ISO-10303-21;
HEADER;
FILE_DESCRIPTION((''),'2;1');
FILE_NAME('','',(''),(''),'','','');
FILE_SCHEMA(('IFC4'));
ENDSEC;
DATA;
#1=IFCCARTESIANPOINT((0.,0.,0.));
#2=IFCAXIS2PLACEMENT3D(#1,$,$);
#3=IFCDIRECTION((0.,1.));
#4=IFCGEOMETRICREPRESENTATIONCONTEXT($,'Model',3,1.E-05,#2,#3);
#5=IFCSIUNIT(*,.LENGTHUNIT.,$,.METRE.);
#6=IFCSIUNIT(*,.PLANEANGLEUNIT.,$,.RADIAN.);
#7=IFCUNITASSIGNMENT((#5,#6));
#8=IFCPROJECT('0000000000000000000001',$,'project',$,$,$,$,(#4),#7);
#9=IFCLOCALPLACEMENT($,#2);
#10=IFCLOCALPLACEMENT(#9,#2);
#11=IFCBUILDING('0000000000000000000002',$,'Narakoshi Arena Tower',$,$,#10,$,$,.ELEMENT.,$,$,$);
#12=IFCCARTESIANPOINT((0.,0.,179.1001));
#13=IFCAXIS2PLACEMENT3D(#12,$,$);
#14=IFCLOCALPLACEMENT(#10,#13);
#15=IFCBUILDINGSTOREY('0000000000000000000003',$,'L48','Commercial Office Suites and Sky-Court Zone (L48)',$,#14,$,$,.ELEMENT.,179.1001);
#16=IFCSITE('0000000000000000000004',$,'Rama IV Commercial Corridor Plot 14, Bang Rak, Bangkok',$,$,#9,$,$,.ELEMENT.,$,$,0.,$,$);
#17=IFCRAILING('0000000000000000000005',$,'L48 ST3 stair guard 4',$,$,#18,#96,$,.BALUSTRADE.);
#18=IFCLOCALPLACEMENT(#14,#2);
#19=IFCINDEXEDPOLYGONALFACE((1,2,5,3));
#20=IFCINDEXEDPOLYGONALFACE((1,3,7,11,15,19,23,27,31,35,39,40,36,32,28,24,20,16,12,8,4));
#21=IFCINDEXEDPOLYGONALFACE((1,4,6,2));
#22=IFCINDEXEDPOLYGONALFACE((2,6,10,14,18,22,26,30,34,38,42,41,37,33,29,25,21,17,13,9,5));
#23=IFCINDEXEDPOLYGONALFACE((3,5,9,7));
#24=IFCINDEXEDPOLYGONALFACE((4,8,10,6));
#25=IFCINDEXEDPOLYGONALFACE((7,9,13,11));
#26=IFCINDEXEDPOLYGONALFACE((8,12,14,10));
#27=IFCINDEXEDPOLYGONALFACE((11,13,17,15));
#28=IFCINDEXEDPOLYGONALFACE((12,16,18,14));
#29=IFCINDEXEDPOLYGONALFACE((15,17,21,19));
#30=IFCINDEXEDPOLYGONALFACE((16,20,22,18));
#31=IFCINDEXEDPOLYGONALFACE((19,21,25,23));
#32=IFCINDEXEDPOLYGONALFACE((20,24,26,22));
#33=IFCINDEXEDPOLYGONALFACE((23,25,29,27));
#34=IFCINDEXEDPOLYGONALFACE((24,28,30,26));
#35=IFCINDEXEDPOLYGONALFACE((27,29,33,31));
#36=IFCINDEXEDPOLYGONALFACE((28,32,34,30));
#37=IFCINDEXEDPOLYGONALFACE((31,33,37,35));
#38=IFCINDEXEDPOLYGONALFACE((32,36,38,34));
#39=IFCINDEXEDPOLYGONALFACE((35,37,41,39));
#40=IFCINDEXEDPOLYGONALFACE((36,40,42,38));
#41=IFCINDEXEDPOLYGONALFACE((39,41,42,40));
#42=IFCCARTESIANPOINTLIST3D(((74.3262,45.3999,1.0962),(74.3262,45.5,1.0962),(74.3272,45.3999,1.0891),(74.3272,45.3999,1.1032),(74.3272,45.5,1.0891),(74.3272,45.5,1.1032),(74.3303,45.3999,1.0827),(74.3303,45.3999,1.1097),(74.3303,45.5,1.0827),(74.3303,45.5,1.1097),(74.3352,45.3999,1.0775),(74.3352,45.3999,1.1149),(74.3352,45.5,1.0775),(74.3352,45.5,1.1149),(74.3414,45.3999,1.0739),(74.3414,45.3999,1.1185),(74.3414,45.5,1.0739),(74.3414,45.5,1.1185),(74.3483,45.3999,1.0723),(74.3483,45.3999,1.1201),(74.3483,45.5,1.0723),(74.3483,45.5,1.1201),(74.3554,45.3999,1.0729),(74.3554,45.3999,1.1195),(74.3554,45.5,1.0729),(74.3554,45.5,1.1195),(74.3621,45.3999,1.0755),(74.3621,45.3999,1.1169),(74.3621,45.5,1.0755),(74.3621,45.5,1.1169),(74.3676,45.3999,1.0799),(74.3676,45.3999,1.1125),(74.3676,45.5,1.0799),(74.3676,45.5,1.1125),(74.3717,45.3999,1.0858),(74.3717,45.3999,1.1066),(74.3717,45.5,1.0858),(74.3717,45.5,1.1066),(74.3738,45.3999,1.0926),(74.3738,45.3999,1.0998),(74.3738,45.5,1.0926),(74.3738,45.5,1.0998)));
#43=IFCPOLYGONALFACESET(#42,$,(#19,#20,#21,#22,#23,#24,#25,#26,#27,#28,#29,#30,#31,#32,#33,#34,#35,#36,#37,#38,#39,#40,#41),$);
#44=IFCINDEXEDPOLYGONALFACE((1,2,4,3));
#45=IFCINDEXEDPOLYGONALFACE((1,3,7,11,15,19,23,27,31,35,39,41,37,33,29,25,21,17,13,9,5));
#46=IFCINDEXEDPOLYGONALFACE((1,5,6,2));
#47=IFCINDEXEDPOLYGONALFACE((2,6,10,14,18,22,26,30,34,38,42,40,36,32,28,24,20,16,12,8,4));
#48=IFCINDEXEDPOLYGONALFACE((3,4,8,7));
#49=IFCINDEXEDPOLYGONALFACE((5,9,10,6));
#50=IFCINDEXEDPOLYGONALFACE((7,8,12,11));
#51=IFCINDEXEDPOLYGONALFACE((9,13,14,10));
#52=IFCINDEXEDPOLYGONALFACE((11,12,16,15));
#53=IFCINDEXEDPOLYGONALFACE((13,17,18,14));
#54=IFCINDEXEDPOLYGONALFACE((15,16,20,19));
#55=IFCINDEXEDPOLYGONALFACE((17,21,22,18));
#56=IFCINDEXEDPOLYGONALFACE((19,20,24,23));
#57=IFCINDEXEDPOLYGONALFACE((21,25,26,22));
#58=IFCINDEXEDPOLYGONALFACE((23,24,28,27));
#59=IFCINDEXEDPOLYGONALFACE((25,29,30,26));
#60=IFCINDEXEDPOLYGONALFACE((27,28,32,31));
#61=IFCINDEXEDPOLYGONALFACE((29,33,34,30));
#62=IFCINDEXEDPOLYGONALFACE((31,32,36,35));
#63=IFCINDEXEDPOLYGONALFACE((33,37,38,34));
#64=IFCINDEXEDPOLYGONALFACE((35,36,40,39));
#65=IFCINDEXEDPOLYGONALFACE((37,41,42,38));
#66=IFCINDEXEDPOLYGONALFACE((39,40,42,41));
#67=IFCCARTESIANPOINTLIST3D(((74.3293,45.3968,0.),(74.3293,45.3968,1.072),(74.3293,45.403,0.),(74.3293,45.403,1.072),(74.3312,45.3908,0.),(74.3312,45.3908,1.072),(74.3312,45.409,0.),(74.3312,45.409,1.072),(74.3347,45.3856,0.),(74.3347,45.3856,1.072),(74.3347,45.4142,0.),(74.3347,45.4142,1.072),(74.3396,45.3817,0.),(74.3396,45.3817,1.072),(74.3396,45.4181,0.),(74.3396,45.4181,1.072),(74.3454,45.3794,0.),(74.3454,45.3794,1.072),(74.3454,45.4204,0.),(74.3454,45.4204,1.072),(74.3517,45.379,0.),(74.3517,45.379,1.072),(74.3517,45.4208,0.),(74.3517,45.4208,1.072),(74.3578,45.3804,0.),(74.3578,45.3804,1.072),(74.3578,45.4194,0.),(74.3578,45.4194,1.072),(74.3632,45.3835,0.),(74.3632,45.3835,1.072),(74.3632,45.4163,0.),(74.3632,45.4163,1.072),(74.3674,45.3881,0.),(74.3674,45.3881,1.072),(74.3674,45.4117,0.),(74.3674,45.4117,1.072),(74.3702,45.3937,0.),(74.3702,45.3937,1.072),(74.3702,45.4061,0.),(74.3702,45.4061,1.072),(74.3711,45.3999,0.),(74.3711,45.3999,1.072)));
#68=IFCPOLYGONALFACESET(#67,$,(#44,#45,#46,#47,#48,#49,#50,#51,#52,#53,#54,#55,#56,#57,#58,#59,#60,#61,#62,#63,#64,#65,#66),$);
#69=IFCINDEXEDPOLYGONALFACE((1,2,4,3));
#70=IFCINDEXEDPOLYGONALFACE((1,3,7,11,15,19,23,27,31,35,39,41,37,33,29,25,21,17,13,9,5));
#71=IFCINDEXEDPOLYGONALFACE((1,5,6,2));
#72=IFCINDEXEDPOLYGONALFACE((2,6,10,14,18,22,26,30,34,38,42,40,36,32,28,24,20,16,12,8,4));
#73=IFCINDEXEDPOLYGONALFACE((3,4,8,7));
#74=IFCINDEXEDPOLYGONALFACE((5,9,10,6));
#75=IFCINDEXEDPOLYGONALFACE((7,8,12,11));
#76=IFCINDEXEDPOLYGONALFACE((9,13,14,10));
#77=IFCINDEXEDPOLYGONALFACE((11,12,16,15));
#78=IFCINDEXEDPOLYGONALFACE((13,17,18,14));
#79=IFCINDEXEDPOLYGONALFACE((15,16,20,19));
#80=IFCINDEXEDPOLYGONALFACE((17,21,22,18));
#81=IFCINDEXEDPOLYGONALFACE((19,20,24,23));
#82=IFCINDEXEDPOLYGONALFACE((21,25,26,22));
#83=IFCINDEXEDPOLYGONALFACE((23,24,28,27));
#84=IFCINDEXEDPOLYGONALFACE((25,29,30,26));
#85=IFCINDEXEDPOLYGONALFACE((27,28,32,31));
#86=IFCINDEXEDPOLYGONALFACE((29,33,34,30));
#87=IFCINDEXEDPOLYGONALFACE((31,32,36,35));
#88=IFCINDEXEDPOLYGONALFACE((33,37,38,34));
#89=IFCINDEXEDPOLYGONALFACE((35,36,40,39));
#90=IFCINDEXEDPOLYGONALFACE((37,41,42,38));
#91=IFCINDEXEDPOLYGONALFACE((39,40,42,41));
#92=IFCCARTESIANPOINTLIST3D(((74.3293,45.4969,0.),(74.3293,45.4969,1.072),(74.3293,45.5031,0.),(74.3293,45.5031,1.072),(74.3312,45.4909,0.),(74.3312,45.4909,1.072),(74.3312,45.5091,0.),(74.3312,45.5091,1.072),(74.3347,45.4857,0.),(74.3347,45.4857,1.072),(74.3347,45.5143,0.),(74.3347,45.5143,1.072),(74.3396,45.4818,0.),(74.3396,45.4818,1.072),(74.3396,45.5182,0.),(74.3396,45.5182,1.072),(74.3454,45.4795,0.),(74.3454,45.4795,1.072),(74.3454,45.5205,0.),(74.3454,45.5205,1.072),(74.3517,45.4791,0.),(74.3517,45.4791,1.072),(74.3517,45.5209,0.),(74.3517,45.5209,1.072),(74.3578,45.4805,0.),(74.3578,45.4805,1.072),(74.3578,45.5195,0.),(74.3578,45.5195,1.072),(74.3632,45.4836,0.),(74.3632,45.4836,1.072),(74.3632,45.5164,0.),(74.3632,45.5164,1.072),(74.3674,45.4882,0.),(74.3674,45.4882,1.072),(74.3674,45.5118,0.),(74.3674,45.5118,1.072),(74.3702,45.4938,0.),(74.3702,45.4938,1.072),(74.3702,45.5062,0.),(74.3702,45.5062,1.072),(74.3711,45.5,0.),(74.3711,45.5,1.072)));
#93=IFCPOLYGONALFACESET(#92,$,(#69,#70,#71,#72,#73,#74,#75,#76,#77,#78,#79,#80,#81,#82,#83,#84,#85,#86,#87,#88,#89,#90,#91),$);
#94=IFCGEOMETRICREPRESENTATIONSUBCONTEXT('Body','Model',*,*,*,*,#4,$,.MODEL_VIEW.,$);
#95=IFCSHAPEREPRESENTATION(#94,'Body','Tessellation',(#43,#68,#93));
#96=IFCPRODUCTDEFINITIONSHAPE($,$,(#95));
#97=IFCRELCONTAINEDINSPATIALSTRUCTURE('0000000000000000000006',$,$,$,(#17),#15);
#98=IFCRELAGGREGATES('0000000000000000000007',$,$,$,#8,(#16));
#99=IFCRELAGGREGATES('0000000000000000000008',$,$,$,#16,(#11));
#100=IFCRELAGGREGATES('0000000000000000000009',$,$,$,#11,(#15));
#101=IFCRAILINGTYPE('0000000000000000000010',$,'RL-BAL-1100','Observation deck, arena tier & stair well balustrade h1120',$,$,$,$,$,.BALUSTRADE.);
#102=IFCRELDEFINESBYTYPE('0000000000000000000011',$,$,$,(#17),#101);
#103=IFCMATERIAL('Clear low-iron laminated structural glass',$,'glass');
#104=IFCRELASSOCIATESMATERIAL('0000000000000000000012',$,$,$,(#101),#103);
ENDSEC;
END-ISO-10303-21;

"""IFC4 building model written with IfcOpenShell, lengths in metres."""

from ifc_helpers import new_model, si_unit, direction, frame, origin, origin_2d, place, context, subcontext, project, spatial, circle, extrude, material, type_object, element, save


model = new_model("IFC4")

# Units and contexts
model_context = context("Model", 3, precision=1e-05, world=origin(), true_north=direction((0.0, 1.0)))
body_context = subcontext(model_context, "Body", "Model", "MODEL_VIEW")
ifc_project = project(units=[si_unit("LENGTHUNIT", "METRE"), si_unit("PLANEANGLEUNIT", "RADIAN")], contexts=[model_context])

# Site, building, storey
site_placement = place(None, origin())
site = spatial("IfcSite", under=ifc_project, at=site_placement, Name="Rama IV Commercial Corridor Plot 14, Bang Rak, Bangkok", CompositionType="ELEMENT", RefElevation=0.0)
building_placement = place(site_placement, origin())
building = spatial("IfcBuilding", under=site, at=building_placement, Name="Narakoshi Arena Tower", CompositionType="ELEMENT")
storey_placement = place(building_placement, frame((0.0, 0.0, 179.1001)))
storey = spatial("IfcBuildingStorey", under=building, at=storey_placement, Name="L48", Description="Commercial Office Suites and Sky-Court Zone (L48)", CompositionType="ELEMENT", Elevation=179.1001)

# Railing
ifc_material_1 = material(Name="Clear low-iron laminated structural glass", Category="glass")
railing_type_1 = type_object("IfcRailingType", Name="RL-BAL-1100", Description="Observation deck, arena tier & stair well balustrade h1120", PredefinedType="BALUSTRADE", material=ifc_material_1)
for number, where, name in (
    (1, (74.3501, 45.3999, 0.0), "L48 ST3 stair guard 4"),
):
    element("IfcRailing", number, at=place(storey_placement, frame(where)), inside=storey, type_object=railing_type_1, Name=name, PredefinedType="BALUSTRADE", context=body_context, shape_type="SweptSolid", body=[
        extrude(circle(Radius=0.0239, at=origin_2d()), frame((0.0, 0.0, 1.0962), z_axis=(0.0, 1.0, 0.0), x_axis=(-1.0, 0.0, 0.0)), (0.0, 0.0, 1.0), 0.1001),
        extrude(circle(Radius=0.021, at=origin_2d()), origin(), (0.0, 0.0, 1.0), 1.072),
        extrude(circle(Radius=0.021, at=origin_2d()), frame((0.0, 0.1001, 0.0)), (0.0, 0.0, 1.0), 1.072),
    ])

save(model, "model.ifc")
